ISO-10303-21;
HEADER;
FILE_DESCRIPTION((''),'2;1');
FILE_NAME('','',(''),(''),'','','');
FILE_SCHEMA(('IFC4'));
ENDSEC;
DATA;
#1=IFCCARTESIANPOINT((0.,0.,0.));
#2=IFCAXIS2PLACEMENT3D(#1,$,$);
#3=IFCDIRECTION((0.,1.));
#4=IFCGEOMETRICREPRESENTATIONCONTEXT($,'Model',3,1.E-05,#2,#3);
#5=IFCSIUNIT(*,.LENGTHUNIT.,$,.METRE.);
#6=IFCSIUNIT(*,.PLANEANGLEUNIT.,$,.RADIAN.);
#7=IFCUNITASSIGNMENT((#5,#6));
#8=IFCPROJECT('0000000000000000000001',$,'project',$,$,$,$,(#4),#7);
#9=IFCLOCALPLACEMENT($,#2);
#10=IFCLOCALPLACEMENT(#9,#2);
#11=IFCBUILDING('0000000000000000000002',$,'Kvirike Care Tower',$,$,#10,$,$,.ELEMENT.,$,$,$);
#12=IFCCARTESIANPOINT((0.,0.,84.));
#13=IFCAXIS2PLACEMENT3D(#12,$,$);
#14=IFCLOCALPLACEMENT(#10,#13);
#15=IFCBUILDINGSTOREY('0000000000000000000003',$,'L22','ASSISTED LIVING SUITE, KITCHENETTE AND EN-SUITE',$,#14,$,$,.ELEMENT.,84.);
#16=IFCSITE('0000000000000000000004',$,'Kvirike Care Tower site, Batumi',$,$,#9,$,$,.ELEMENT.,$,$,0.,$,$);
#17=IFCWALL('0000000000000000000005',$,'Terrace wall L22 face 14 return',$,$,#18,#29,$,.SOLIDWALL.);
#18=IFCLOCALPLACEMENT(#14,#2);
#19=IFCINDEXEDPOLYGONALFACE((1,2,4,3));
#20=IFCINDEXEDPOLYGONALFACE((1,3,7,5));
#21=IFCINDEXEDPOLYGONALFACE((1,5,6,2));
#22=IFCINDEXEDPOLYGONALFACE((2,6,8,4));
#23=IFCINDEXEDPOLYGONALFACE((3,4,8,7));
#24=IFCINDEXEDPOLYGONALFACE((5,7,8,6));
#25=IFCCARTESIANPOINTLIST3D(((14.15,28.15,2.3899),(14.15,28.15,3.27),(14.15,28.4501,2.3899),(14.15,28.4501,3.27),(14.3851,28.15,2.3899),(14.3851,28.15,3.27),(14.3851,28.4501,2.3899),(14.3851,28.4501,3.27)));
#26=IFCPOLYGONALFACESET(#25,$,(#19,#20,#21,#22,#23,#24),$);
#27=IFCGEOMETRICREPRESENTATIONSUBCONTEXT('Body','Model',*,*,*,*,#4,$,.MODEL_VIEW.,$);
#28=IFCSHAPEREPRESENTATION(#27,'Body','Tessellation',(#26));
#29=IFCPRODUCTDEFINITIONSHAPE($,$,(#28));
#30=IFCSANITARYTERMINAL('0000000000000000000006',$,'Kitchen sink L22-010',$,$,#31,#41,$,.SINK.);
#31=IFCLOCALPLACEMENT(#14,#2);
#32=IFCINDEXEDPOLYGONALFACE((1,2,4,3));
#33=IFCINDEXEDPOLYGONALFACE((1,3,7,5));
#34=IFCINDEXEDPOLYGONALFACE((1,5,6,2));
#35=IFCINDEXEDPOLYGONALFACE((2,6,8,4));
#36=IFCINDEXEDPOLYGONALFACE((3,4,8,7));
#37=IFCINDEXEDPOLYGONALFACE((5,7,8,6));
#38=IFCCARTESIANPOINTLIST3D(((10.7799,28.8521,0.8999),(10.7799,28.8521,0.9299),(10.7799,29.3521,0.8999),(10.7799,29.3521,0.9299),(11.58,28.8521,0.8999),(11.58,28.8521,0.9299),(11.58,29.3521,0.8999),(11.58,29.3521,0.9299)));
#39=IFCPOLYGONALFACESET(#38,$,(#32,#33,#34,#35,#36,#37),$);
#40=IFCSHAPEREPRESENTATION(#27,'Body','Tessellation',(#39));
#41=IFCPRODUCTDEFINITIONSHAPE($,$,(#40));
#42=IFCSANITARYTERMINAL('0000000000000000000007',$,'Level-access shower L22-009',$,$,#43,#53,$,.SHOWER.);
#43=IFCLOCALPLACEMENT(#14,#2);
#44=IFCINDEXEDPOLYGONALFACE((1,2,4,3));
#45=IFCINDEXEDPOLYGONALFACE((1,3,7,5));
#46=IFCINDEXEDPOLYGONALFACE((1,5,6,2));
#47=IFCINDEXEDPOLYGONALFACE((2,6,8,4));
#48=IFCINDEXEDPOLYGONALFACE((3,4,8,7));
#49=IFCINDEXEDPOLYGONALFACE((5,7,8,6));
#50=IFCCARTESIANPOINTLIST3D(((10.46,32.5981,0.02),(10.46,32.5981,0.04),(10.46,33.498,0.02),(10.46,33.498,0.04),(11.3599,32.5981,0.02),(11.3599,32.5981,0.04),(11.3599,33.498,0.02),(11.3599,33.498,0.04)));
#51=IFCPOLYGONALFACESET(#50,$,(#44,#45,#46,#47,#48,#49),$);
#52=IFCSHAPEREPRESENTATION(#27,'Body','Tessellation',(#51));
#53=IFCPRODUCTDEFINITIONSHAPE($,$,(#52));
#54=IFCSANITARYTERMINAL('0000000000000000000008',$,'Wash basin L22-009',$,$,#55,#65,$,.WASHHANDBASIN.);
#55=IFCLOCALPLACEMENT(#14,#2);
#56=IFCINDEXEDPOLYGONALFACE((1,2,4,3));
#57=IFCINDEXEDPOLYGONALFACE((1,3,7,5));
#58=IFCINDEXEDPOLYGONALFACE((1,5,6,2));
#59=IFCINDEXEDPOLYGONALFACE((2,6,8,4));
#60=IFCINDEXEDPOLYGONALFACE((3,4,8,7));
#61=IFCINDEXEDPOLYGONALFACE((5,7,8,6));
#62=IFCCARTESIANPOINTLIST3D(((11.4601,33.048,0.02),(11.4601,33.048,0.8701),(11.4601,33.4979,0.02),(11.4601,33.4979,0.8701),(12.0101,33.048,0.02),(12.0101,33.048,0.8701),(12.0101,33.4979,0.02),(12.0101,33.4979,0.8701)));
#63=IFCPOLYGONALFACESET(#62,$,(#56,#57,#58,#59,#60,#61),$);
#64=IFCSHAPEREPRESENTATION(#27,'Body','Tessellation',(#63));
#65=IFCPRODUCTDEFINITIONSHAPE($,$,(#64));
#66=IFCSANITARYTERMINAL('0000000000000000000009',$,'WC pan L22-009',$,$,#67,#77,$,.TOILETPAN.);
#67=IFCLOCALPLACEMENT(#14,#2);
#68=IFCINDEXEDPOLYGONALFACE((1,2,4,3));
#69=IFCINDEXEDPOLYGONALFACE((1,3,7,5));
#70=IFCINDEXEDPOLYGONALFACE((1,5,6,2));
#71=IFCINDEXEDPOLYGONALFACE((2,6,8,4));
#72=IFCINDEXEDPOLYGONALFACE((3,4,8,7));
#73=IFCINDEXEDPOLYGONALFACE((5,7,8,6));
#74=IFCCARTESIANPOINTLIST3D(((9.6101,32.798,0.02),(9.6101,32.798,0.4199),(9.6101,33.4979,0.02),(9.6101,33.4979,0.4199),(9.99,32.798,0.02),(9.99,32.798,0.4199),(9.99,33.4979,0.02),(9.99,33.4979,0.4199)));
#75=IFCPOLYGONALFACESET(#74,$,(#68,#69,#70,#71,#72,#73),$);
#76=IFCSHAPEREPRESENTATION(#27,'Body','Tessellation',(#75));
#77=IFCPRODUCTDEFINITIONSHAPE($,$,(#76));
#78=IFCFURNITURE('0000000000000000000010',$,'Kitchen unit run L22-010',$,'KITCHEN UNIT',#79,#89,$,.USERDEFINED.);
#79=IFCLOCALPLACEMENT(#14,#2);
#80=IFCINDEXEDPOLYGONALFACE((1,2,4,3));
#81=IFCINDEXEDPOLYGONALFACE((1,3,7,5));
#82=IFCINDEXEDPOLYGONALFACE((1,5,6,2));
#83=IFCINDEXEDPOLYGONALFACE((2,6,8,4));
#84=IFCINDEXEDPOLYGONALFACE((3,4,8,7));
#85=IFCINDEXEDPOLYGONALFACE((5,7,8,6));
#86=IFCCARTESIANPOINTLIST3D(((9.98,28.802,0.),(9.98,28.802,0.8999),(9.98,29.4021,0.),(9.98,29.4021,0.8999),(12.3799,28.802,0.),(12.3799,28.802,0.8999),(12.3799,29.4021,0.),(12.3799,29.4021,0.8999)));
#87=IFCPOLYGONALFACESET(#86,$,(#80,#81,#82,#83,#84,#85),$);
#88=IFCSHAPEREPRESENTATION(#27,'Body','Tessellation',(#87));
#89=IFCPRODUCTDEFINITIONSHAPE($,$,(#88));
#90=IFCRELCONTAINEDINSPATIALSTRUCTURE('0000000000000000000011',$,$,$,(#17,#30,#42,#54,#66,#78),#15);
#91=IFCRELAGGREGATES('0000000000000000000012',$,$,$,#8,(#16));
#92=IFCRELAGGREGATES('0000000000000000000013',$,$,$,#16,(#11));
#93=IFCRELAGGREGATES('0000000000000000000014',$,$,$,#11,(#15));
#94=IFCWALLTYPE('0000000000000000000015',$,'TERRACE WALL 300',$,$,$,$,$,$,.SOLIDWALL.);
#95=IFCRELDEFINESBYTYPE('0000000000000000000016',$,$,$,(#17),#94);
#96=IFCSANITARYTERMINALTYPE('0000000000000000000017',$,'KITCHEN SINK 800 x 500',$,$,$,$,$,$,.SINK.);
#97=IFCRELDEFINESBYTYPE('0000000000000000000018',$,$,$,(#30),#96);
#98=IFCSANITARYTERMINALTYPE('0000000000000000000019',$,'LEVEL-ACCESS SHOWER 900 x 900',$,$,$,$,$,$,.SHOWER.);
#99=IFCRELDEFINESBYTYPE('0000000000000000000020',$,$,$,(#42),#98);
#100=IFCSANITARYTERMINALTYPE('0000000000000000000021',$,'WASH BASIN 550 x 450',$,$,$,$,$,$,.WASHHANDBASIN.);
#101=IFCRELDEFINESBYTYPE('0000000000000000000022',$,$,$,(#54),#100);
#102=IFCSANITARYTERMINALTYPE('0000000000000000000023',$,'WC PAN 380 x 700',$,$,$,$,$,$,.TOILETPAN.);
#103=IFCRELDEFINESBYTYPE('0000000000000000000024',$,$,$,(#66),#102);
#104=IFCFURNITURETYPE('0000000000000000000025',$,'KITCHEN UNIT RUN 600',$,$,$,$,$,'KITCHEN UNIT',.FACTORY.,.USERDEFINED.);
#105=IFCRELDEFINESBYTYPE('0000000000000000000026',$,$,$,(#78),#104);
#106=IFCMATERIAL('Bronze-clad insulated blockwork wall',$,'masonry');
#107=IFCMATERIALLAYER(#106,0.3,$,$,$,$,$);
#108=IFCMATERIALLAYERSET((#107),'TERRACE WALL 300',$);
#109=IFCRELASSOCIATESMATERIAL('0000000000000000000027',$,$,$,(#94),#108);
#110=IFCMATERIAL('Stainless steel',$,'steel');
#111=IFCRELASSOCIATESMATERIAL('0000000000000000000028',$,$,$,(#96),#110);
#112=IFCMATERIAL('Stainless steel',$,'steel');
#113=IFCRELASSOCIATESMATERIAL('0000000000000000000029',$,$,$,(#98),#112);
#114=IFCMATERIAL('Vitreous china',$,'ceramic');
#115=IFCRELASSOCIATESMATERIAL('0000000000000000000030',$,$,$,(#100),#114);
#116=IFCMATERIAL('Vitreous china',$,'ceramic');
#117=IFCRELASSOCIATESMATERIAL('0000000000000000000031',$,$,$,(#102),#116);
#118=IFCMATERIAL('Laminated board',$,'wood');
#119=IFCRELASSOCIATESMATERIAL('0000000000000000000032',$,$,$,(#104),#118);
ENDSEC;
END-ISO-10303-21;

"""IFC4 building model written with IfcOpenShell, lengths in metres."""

from ifc_helpers import new_model, si_unit, direction, frame, frame_2d, origin, origin_2d, place, context, subcontext, project, spatial, rectangle, extrude, material, layer, layer_set, type_object, element, save


model = new_model("IFC4")

# Units and contexts
model_context = context("Model", 3, precision=1e-05, world=origin(), true_north=direction((0.0, 1.0)))
body_context = subcontext(model_context, "Body", "Model", "MODEL_VIEW")
ifc_project = project(units=[si_unit("LENGTHUNIT", "METRE"), si_unit("PLANEANGLEUNIT", "RADIAN")], contexts=[model_context])

# Site, building, storey
site_placement = place(None, origin())
site = spatial("IfcSite", under=ifc_project, at=site_placement, Name="Kvirike Care Tower site, Batumi", CompositionType="ELEMENT", RefElevation=0.0)
building_placement = place(site_placement, origin())
building = spatial("IfcBuilding", under=site, at=building_placement, Name="Kvirike Care Tower", CompositionType="ELEMENT")
storey_placement = place(building_placement, frame((0.0, 0.0, 84.0)))
storey = spatial("IfcBuildingStorey", under=building, at=storey_placement, Name="L22", Description="ASSISTED LIVING SUITE, KITCHENETTE AND EN-SUITE", CompositionType="ELEMENT", Elevation=84.0)

# Shared definitions
ifc_material_1 = material(Name="Bronze-clad insulated blockwork wall", Category="masonry")
ifc_layer_1 = layer(ifc_material_1, 0.3)
ifc_layer_set_1 = layer_set([ifc_layer_1], Name="TERRACE WALL 300")
wall_type_1 = type_object("IfcWallType", Name="TERRACE WALL 300", PredefinedType="SOLIDWALL", material=ifc_layer_set_1)

# Wall
wall_1_placement = place(storey_placement, frame((14.1499, 28.3, 2.3899), z_axis=(0.0, 0.0, 1.0), x_axis=(1.0, 0.0, 0.0)))
element("IfcWall", 1, at=wall_1_placement, inside=storey, type_object=wall_type_1, Name="Terrace wall L22 face 14 return", PredefinedType="SOLIDWALL", context=body_context, shape_type="SweptSolid", body=[
    extrude(rectangle(XDim=0.2351, YDim=0.3, at=frame_2d((0.1177, 0.0))), origin(), (0.0, 0.0, 1.0), 0.8801),
])

# Sanitary terminals
ifc_material_2 = material(Name="Stainless steel", Category="steel")
sanitary_terminal_type_1 = type_object("IfcSanitaryTerminalType", Name="KITCHEN SINK 800 x 500", PredefinedType="SINK", material=ifc_material_2)
sanitary_terminal_1_placement = place(storey_placement, frame((11.1799, 29.1021, 0.8999), z_axis=(0.0, 0.0, 1.0), x_axis=(-1.0, 0.0, 0.0)))
element("IfcSanitaryTerminal", 2, at=sanitary_terminal_1_placement, inside=storey, type_object=sanitary_terminal_type_1, Name="Kitchen sink L22-010", PredefinedType="SINK", context=body_context, shape_type="SweptSolid", body=[
    extrude(rectangle(XDim=0.8, YDim=0.5, at=origin_2d()), origin(), (0.0, 0.0, 1.0), 0.03),
])
ifc_material_3 = material(Name="Stainless steel", Category="steel")
sanitary_terminal_type_2 = type_object("IfcSanitaryTerminalType", Name="LEVEL-ACCESS SHOWER 900 x 900", PredefinedType="SHOWER", material=ifc_material_3)
sanitary_terminal_2_placement = place(storey_placement, frame((10.9099, 33.0481, 0.02), z_axis=(0.0, 0.0, 1.0), x_axis=(1.0, 0.0, 0.0)))
element("IfcSanitaryTerminal", 3, at=sanitary_terminal_2_placement, inside=storey, type_object=sanitary_terminal_type_2, Name="Level-access shower L22-009", PredefinedType="SHOWER", context=body_context, shape_type="SweptSolid", body=[
    extrude(rectangle(XDim=0.8999, YDim=0.8999, at=origin_2d()), origin(), (0.0, 0.0, 1.0), 0.02),
])
ifc_material_4 = material(Name="Vitreous china", Category="ceramic")
sanitary_terminal_type_3 = type_object("IfcSanitaryTerminalType", Name="WASH BASIN 550 x 450", PredefinedType="WASHHANDBASIN", material=ifc_material_4)
sanitary_terminal_3_placement = place(storey_placement, frame((11.7351, 33.2729, 0.02), z_axis=(0.0, 0.0, 1.0), x_axis=(1.0, 0.0, 0.0)))
element("IfcSanitaryTerminal", 4, at=sanitary_terminal_3_placement, inside=storey, type_object=sanitary_terminal_type_3, Name="Wash basin L22-009", PredefinedType="WASHHANDBASIN", context=body_context, shape_type="SweptSolid", body=[
    extrude(rectangle(XDim=0.55, YDim=0.45, at=origin_2d()), origin(), (0.0, 0.0, 1.0), 0.8501),
])
ifc_material_5 = material(Name="Vitreous china", Category="ceramic")
sanitary_terminal_type_4 = type_object("IfcSanitaryTerminalType", Name="WC PAN 380 x 700", PredefinedType="TOILETPAN", material=ifc_material_5)
sanitary_terminal_4_placement = place(storey_placement, frame((9.8, 33.1479, 0.02), z_axis=(0.0, 0.0, 1.0), x_axis=(1.0, 0.0, 0.0)))
element("IfcSanitaryTerminal", 5, at=sanitary_terminal_4_placement, inside=storey, type_object=sanitary_terminal_type_4, Name="WC pan L22-009", PredefinedType="TOILETPAN", context=body_context, shape_type="SweptSolid", body=[
    extrude(rectangle(XDim=0.3799, YDim=0.7, at=origin_2d()), origin(), (0.0, 0.0, 1.0), 0.3999),
])

# Furniture
ifc_material_6 = material(Name="Laminated board", Category="wood")
furniture_type = type_object("IfcFurnitureType", Name="KITCHEN UNIT RUN 600", ElementType="KITCHEN UNIT", AssemblyPlace="FACTORY", PredefinedType="USERDEFINED", material=ifc_material_6)
furniture_placement = place(storey_placement, frame((11.1799, 29.1021, 0.0), z_axis=(0.0, 0.0, 1.0), x_axis=(-1.0, 0.0, 0.0)))
element("IfcFurniture", 6, at=furniture_placement, inside=storey, type_object=furniture_type, Name="Kitchen unit run L22-010", ObjectType="KITCHEN UNIT", PredefinedType="USERDEFINED", context=body_context, shape_type="SweptSolid", body=[
    extrude(rectangle(XDim=2.3999, YDim=0.6001, at=origin_2d()), origin(), (0.0, 0.0, 1.0), 0.8999),
])

save(model, "model.ifc")
